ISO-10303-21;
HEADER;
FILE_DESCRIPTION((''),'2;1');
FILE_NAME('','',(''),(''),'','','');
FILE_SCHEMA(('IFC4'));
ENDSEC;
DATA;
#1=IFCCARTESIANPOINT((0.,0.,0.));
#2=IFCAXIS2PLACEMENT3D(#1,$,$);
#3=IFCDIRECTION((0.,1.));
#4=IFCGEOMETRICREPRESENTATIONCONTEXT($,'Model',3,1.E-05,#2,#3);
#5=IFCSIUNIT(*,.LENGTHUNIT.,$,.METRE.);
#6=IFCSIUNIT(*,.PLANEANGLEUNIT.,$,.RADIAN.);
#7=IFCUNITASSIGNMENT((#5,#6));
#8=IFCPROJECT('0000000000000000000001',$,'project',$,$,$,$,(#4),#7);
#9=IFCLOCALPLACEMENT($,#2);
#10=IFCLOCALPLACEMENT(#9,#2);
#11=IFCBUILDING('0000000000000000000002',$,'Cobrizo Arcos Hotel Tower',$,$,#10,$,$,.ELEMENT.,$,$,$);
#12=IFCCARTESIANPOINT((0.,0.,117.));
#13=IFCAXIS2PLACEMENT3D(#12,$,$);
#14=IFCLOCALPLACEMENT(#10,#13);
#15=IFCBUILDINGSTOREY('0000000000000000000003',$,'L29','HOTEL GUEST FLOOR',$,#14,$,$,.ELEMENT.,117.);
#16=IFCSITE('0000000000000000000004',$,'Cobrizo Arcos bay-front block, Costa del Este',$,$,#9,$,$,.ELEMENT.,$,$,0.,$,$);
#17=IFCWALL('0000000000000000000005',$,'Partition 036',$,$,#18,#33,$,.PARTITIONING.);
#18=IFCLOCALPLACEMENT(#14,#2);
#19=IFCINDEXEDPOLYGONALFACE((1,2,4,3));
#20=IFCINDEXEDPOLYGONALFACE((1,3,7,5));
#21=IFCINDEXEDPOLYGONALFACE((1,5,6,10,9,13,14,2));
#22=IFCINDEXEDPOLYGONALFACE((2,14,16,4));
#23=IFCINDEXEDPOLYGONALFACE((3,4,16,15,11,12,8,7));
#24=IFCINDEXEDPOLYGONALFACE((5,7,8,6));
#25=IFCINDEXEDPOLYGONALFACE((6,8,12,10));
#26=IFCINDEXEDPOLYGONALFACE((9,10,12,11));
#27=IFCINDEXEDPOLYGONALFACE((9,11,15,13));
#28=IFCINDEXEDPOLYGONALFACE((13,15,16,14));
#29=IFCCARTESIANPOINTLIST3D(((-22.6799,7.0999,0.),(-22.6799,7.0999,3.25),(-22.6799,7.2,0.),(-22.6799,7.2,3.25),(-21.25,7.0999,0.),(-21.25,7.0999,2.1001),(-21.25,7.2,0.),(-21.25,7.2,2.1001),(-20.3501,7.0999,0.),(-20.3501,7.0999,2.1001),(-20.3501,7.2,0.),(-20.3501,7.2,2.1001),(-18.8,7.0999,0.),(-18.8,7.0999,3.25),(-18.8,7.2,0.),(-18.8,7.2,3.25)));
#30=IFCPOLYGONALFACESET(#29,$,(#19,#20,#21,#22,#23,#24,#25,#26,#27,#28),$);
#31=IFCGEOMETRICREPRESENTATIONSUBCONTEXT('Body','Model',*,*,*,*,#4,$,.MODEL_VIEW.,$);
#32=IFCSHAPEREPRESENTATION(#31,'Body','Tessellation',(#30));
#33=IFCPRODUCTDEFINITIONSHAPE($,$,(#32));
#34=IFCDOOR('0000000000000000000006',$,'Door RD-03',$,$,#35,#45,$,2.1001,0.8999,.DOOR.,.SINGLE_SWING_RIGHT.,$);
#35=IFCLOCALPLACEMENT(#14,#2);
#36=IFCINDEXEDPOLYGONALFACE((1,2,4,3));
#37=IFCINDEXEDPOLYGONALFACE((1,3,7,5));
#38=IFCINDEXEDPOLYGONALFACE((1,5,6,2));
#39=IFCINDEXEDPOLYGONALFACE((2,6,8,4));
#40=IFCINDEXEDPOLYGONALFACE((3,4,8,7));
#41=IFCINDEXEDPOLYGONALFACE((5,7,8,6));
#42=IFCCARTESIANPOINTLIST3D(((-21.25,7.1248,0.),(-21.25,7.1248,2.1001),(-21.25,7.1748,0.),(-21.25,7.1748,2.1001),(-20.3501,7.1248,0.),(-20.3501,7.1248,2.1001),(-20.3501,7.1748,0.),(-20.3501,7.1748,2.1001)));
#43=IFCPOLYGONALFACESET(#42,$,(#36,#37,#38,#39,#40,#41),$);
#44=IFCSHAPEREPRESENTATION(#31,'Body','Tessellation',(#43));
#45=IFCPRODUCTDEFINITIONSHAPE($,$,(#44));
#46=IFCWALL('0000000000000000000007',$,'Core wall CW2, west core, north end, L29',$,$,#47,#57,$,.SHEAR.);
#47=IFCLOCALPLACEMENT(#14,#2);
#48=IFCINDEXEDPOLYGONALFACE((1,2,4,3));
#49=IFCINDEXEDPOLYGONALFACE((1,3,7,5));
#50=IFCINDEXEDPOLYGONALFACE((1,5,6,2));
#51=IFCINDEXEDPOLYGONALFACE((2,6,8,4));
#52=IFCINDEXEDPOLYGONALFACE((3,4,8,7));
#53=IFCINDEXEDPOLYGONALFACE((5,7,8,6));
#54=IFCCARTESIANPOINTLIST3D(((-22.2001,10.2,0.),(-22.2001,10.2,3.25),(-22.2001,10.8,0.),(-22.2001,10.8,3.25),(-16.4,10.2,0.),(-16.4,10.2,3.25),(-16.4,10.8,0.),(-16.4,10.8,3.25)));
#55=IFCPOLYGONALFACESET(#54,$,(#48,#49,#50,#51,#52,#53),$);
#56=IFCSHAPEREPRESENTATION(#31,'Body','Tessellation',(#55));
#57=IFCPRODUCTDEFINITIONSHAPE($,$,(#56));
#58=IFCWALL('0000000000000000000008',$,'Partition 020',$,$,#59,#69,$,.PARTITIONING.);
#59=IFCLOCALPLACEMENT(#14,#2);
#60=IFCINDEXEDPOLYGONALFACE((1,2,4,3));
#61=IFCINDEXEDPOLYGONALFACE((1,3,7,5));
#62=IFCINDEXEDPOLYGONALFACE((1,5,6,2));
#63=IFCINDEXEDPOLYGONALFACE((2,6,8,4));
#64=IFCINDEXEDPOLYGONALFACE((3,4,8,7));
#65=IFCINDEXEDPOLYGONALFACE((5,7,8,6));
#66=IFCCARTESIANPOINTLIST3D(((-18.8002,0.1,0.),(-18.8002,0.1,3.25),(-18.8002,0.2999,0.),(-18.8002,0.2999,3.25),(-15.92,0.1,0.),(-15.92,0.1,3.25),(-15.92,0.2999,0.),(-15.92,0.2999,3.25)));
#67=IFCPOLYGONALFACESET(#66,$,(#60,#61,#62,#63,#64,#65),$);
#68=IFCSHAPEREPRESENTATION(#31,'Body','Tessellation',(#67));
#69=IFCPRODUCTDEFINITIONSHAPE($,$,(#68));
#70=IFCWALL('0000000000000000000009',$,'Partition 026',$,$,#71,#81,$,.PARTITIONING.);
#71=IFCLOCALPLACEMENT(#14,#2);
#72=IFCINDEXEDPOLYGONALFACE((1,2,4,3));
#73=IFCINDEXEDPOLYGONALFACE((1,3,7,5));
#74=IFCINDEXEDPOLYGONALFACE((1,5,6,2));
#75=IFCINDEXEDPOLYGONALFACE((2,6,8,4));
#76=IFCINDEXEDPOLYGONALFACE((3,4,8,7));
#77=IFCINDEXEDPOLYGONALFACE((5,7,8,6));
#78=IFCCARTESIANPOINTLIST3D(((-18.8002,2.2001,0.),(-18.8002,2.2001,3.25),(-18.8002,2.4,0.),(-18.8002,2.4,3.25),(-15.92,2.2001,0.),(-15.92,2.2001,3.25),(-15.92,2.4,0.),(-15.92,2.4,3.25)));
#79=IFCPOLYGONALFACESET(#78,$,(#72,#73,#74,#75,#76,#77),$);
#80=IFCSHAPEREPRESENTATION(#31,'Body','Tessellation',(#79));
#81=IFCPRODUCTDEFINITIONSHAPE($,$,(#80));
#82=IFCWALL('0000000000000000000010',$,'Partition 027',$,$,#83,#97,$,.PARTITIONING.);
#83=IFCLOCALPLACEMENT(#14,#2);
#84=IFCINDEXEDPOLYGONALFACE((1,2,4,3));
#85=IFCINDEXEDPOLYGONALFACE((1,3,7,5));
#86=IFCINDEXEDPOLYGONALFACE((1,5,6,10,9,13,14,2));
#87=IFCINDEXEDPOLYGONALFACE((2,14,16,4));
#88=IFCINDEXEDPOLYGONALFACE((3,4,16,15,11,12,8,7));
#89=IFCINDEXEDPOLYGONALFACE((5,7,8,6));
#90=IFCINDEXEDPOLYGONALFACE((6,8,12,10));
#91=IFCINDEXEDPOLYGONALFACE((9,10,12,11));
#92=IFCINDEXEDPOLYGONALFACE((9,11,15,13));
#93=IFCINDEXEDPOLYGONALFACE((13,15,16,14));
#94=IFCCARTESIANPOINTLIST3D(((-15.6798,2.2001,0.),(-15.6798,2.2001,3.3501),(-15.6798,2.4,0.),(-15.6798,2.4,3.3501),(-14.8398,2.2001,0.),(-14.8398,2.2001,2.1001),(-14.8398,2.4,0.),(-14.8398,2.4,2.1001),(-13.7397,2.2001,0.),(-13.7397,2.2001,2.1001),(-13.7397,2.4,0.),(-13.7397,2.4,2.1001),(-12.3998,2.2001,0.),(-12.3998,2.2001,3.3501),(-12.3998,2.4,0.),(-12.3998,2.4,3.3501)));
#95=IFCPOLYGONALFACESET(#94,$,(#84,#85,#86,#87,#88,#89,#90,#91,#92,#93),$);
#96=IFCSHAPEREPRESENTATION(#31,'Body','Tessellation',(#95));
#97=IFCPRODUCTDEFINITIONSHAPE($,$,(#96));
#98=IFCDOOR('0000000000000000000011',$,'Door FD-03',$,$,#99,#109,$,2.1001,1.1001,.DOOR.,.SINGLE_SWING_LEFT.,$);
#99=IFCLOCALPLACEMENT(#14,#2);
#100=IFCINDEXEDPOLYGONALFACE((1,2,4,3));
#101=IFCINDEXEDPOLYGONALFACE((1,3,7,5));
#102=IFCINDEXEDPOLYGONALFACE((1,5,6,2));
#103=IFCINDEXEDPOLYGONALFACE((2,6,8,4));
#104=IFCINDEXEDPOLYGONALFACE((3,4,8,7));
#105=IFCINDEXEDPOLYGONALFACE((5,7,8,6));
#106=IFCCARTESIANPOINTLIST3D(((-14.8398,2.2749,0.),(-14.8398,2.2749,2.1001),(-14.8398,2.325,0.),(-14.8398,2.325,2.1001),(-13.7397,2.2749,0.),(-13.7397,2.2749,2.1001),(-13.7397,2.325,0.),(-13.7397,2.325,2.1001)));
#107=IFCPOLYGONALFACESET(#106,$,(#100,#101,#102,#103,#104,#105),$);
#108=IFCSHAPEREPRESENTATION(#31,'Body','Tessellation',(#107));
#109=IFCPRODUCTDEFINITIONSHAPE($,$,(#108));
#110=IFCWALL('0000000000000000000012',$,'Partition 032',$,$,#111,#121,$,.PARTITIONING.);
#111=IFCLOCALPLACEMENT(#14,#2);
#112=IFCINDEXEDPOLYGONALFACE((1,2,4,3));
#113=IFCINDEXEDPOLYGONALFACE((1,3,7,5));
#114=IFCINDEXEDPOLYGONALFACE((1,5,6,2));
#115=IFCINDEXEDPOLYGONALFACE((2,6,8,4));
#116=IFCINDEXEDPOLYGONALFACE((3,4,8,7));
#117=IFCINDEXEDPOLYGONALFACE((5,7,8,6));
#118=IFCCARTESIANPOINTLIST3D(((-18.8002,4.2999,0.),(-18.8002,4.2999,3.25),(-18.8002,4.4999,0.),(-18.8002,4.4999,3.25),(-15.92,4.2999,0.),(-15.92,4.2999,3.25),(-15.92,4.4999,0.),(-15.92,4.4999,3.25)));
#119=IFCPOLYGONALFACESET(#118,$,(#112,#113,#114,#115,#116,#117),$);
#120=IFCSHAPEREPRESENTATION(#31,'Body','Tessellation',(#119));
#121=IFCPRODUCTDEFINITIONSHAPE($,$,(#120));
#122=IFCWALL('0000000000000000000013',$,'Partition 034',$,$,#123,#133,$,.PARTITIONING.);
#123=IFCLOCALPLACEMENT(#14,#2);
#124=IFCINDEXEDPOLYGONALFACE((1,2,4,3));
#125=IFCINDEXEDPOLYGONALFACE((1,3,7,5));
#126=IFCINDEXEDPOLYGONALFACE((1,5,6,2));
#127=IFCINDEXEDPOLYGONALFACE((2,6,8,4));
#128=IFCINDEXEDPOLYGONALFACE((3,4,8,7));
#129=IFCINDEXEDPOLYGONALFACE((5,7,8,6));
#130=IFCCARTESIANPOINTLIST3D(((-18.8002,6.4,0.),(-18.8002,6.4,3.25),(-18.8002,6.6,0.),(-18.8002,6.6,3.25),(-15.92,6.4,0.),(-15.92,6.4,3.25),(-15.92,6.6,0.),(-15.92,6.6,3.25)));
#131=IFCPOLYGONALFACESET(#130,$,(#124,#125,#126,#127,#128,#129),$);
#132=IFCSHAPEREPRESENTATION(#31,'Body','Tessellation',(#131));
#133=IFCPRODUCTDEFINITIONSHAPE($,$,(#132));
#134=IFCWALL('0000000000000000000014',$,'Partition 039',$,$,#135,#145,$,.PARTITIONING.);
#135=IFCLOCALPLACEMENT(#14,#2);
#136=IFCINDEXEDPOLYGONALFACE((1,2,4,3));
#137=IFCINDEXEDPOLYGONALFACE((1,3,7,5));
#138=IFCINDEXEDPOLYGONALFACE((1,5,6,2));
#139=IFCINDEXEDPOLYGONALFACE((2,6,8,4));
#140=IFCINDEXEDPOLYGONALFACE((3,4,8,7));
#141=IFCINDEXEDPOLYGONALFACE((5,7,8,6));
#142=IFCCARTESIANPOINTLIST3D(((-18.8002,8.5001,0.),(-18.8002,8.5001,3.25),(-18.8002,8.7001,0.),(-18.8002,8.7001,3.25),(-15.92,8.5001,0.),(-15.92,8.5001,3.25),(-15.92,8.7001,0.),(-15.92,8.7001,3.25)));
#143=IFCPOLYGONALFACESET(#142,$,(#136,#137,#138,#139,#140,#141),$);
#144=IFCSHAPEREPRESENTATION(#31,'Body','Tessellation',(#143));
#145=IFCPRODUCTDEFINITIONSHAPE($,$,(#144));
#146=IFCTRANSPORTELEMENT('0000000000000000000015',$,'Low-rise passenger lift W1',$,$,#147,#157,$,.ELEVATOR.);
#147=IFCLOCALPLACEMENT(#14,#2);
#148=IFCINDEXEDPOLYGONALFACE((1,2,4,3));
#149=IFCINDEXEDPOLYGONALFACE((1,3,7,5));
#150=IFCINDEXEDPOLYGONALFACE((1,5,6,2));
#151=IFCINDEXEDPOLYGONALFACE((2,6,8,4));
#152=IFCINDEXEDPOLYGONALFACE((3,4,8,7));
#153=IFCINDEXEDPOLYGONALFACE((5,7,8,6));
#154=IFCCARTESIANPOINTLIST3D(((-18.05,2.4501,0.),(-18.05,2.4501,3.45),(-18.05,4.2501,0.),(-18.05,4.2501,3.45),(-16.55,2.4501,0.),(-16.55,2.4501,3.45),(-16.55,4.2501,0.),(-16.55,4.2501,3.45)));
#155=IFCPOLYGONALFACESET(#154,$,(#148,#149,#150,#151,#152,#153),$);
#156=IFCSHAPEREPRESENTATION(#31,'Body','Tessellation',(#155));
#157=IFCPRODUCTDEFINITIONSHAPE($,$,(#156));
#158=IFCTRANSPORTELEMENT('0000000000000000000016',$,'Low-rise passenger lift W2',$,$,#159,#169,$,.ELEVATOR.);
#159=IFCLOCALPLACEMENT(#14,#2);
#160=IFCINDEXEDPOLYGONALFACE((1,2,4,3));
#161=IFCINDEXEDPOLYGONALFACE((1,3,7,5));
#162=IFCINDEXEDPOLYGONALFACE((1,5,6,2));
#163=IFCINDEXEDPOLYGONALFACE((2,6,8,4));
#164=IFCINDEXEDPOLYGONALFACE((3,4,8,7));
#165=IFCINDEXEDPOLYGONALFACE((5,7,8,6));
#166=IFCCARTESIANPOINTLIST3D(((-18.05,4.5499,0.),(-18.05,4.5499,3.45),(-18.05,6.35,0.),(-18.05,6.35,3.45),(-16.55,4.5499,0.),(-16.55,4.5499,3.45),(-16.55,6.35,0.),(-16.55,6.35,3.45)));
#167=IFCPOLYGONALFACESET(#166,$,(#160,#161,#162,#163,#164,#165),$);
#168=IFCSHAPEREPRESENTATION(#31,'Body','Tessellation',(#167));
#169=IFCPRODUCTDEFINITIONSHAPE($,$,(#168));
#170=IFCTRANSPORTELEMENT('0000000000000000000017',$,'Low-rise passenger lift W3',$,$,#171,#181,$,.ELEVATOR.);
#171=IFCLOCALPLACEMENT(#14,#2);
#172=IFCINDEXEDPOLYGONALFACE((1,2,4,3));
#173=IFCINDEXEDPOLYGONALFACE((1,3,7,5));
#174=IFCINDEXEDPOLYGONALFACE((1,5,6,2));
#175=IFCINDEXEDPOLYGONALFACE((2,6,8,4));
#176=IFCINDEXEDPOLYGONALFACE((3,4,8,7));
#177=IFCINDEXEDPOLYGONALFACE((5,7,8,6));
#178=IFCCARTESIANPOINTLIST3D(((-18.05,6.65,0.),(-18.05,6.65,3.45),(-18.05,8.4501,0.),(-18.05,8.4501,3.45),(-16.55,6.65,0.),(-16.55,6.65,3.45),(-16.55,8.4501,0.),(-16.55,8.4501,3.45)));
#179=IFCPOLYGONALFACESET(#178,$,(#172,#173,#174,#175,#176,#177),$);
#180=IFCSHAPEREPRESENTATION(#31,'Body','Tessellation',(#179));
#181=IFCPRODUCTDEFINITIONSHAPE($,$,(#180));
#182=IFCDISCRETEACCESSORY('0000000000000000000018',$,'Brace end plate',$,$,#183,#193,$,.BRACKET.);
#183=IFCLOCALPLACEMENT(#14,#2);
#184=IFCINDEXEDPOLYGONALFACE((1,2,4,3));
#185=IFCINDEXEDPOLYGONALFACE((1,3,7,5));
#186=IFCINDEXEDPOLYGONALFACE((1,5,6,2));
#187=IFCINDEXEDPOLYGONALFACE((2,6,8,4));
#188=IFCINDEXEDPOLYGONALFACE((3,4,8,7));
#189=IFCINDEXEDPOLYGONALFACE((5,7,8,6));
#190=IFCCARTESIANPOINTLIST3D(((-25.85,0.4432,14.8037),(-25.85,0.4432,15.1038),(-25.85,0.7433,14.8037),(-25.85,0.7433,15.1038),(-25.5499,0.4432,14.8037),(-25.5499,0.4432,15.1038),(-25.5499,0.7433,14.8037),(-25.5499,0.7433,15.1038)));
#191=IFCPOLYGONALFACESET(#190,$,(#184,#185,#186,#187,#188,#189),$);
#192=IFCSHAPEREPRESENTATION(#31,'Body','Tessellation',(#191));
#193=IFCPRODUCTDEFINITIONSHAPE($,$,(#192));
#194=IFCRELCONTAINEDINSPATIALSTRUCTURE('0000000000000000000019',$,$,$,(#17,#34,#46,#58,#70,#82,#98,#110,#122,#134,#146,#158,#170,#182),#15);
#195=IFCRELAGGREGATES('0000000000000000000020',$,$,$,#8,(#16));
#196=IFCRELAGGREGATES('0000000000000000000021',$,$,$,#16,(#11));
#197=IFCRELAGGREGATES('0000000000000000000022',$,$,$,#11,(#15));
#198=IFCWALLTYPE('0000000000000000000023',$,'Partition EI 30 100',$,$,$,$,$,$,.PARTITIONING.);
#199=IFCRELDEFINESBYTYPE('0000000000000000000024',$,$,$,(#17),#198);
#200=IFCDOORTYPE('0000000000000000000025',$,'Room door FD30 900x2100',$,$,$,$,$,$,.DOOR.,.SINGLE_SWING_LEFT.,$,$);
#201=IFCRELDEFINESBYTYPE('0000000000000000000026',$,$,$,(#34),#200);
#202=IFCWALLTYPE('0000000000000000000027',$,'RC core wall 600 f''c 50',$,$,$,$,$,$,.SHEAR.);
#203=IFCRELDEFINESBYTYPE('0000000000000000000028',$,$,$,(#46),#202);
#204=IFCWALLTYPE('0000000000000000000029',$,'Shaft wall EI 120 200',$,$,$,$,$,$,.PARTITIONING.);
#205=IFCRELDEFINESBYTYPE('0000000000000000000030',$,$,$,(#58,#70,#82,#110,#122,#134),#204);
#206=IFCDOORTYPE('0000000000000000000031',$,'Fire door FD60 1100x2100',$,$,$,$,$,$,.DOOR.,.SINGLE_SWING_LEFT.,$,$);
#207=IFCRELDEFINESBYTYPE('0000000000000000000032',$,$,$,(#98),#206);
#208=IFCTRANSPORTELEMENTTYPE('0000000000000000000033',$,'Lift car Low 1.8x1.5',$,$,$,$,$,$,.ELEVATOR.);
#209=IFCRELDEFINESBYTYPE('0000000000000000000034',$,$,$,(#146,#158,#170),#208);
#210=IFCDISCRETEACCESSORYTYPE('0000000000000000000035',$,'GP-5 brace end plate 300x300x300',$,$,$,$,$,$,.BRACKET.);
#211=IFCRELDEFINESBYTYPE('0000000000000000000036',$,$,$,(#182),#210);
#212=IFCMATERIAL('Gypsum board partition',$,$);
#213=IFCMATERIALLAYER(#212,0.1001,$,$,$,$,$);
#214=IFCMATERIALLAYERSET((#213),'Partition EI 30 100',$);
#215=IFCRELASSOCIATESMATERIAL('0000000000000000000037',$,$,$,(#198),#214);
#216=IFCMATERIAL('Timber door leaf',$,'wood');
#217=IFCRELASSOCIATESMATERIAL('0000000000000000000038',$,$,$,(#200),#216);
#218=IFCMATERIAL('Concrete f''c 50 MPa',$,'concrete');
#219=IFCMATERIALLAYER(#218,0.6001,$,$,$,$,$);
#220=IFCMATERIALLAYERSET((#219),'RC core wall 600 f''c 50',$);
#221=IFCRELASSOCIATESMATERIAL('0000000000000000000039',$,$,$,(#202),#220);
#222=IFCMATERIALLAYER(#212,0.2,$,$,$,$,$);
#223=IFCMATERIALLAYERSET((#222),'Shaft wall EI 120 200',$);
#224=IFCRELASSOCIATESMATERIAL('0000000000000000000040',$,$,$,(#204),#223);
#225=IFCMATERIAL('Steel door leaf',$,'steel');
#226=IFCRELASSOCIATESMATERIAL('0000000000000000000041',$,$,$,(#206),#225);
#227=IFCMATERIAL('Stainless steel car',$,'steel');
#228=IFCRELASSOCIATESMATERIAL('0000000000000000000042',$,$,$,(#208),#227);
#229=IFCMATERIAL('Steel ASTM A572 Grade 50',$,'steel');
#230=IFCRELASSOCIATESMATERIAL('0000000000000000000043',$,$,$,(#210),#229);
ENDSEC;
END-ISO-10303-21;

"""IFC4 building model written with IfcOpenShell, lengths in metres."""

from ifc_helpers import new_model, si_unit, direction, frame, frame_2d, origin, origin_2d, place, context, subcontext, project, spatial, rectangle, extrude, material, layer, layer_set, type_object, element, fill, save


model = new_model("IFC4")

# Units and contexts
model_context = context("Model", 3, precision=1e-05, world=origin(), true_north=direction((0.0, 1.0)))
body_context = subcontext(model_context, "Body", "Model", "MODEL_VIEW")
ifc_project = project(units=[si_unit("LENGTHUNIT", "METRE"), si_unit("PLANEANGLEUNIT", "RADIAN")], contexts=[model_context])

# Site, building, storey
site_placement = place(None, origin())
site = spatial("IfcSite", under=ifc_project, at=site_placement, Name="Cobrizo Arcos bay-front block, Costa del Este", CompositionType="ELEMENT", RefElevation=0.0)
building_placement = place(site_placement, origin())
building = spatial("IfcBuilding", under=site, at=building_placement, Name="Cobrizo Arcos Hotel Tower", CompositionType="ELEMENT")
storey_placement = place(building_placement, frame((0.0, 0.0, 117.0)))
storey = spatial("IfcBuildingStorey", under=building, at=storey_placement, Name="L29", Description="HOTEL GUEST FLOOR", CompositionType="ELEMENT", Elevation=117.0)

# Shared definitions
ifc_material_1 = material(Name="Steel ASTM A572 Grade 50", Category="steel")

# Shared definitions
ifc_material_2 = material(Name="Gypsum board partition")

# Shared definitions
ifc_material_3 = material(Name="Timber door leaf", Category="wood")

# Wall, opening, door
ifc_layer_1 = layer(ifc_material_2, 0.1001)
ifc_layer_set_1 = layer_set([ifc_layer_1], Name="Partition EI 30 100")
wall_type_1 = type_object("IfcWallType", Name="Partition EI 30 100", PredefinedType="PARTITIONING", material=ifc_layer_set_1)
wall_1_placement = place(storey_placement, frame((-22.6799, 7.1499, 0.0), z_axis=(0.0, 0.0, 1.0), x_axis=(1.0, 0.0, 0.0)))
wall_1 = element("IfcWall", 1, at=wall_1_placement, inside=storey, type_object=wall_type_1, Name="Partition 036", PredefinedType="PARTITIONING", context=body_context, shape_type="SweptSolid", body=[
    extrude(rectangle(XDim=3.8799, YDim=0.1001, at=frame_2d((1.9399, 0.0))), origin(), (0.0, 0.0, 1.0), 3.25),
])
opening_1_placement = place(wall_1_placement, frame((1.4299, 0.0, 0.0)))
opening_1 = element("IfcOpeningElement", 2, at=opening_1_placement, cuts=wall_1, PredefinedType="OPENING", context=body_context, shape_type="SweptSolid", body=[
    extrude(rectangle(XDim=0.8999, YDim=2.1001, at=frame_2d((0.45, 1.05))), frame((0.0, 0.062, 0.0), z_axis=(0.0, -1.0, 0.0), x_axis=(1.0, 0.0, 0.0)), (0.0, 0.0, 1.0), 0.124),
])
door_type_1 = type_object("IfcDoorType", Name="Room door FD30 900x2100", OperationType="SINGLE_SWING_LEFT", PredefinedType="DOOR", material=ifc_material_3)
door_1_placement = place(opening_1_placement, origin())
door_1 = element("IfcDoor", 3, at=door_1_placement, inside=storey, type_object=door_type_1, Name="Door RD-03", OperationType="SINGLE_SWING_RIGHT", OverallHeight=2.1001, OverallWidth=0.8999, PredefinedType="DOOR", context=body_context, shape_type="SweptSolid", body=[
    extrude(rectangle(XDim=0.8999, YDim=2.1001, at=frame_2d((0.45, 1.05))), frame((0.0, 0.0249, 0.0), z_axis=(0.0, -1.0, 0.0), x_axis=(1.0, 0.0, 0.0)), (0.0, 0.0, 1.0), 0.05),
])
fill(opening_1, door_1)

# Walls
ifc_material_4 = material(Name="Concrete f'c 50 MPa", Category="concrete")
ifc_layer_2 = layer(ifc_material_4, 0.6001)
ifc_layer_set_2 = layer_set([ifc_layer_2], Name="RC core wall 600 f'c 50")
wall_type_2 = type_object("IfcWallType", Name="RC core wall 600 f'c 50", PredefinedType="SHEAR", material=ifc_layer_set_2)
wall_2_placement = place(storey_placement, frame((-22.2, 10.5, 0.0), z_axis=(0.0, 0.0, 1.0), x_axis=(1.0, 0.0, 0.0)))
element("IfcWall", 4, at=wall_2_placement, inside=storey, type_object=wall_type_2, Name="Core wall CW2, west core, north end, L29", PredefinedType="SHEAR", context=body_context, shape_type="SweptSolid", body=[
    extrude(rectangle(XDim=5.8, YDim=0.6001, at=frame_2d((2.8999, 0.0))), origin(), (0.0, 0.0, 1.0), 3.25),
])
ifc_layer_3 = layer(ifc_material_2, 0.2)
ifc_layer_set_3 = layer_set([ifc_layer_3], Name="Shaft wall EI 120 200")
wall_type_3 = type_object("IfcWallType", Name="Shaft wall EI 120 200", PredefinedType="PARTITIONING", material=ifc_layer_set_3)
for number, where, z_axis, x_axis, name in (
    (5, (-18.8, 0.2, 0.0), (0.0, 0.0, 1.0), (1.0, 0.0, 0.0), "Partition 020"),
    (6, (-18.8, 2.3, 0.0), (0.0, 0.0, 1.0), (1.0, 0.0, 0.0), "Partition 026"),
):
    element("IfcWall", number, at=place(storey_placement, frame(where, z_axis=z_axis, x_axis=x_axis)), inside=storey, type_object=wall_type_3, Name=name, PredefinedType="PARTITIONING", context=body_context, shape_type="SweptSolid", body=[
        extrude(rectangle(XDim=2.8801, YDim=0.2, at=frame_2d((1.4399, 0.0))), origin(), (0.0, 0.0, 1.0), 3.25),
    ])

# Wall, opening, door
wall_3_placement = place(storey_placement, frame((-15.6799, 2.3, 0.0), z_axis=(0.0, 0.0, 1.0), x_axis=(1.0, 0.0, 0.0)))
wall_3 = element("IfcWall", 7, at=wall_3_placement, inside=storey, type_object=wall_type_3, Name="Partition 027", PredefinedType="PARTITIONING", context=body_context, shape_type="SweptSolid", body=[
    extrude(rectangle(XDim=3.28, YDim=0.2, at=frame_2d((1.6401, 0.0))), origin(), (0.0, 0.0, 1.0), 3.3501),
])
opening_2_placement = place(wall_3_placement, frame((0.8401, 0.0, 0.0)))
opening_2 = element("IfcOpeningElement", 8, at=opening_2_placement, cuts=wall_3, PredefinedType="OPENING", context=body_context, shape_type="SweptSolid", body=[
    extrude(rectangle(XDim=1.1001, YDim=2.1001, at=frame_2d((0.55, 1.05))), frame((0.0, 0.1121, 0.0), z_axis=(0.0, -1.0, 0.0), x_axis=(1.0, 0.0, 0.0)), (0.0, 0.0, 1.0), 0.2239),
])
ifc_material_5 = material(Name="Steel door leaf", Category="steel")
door_type_2 = type_object("IfcDoorType", Name="Fire door FD60 1100x2100", OperationType="SINGLE_SWING_LEFT", PredefinedType="DOOR", material=ifc_material_5)
door_2_placement = place(opening_2_placement, origin())
door_2 = element("IfcDoor", 9, at=door_2_placement, inside=storey, type_object=door_type_2, Name="Door FD-03", OperationType="SINGLE_SWING_LEFT", OverallHeight=2.1001, OverallWidth=1.1001, PredefinedType="DOOR", context=body_context, shape_type="SweptSolid", body=[
    extrude(rectangle(XDim=1.1001, YDim=2.1001, at=frame_2d((0.55, 1.05))), frame((0.0, 0.0249, 0.0), z_axis=(0.0, -1.0, 0.0), x_axis=(1.0, 0.0, 0.0)), (0.0, 0.0, 1.0), 0.05),
])
fill(opening_2, door_2)

# Walls
for number, where, z_axis, x_axis, name in (
    (10, (-18.8, 4.3999, 0.0), (0.0, 0.0, 1.0), (1.0, 0.0, 0.0), "Partition 032"),
    (11, (-18.8, 6.5, 0.0), (0.0, 0.0, 1.0), (1.0, 0.0, 0.0), "Partition 034"),
    (12, (-18.8, 8.6001, 0.0), (0.0, 0.0, 1.0), (1.0, 0.0, 0.0), "Partition 039"),
):
    element("IfcWall", number, at=place(storey_placement, frame(where, z_axis=z_axis, x_axis=x_axis)), inside=storey, type_object=wall_type_3, Name=name, PredefinedType="PARTITIONING", context=body_context, shape_type="SweptSolid", body=[
        extrude(rectangle(XDim=2.8801, YDim=0.2, at=frame_2d((1.4399, 0.0))), origin(), (0.0, 0.0, 1.0), 3.25),
    ])

# Transport elements
ifc_material_6 = material(Name="Stainless steel car", Category="steel")
transport_element_type = type_object("IfcTransportElementType", Name="Lift car Low 1.8x1.5", PredefinedType="ELEVATOR", material=ifc_material_6)
for number, where, z_axis, x_axis, name in (
    (13, (-17.3, 3.3501, 0.0), (0.0, 0.0, 1.0), (1.0, 0.0, 0.0), "Low-rise passenger lift W1"),
    (14, (-17.3, 5.45, 0.0), (0.0, 0.0, 1.0), (1.0, 0.0, 0.0), "Low-rise passenger lift W2"),
    (15, (-17.3, 7.55, 0.0), (0.0, 0.0, 1.0), (1.0, 0.0, 0.0), "Low-rise passenger lift W3"),
):
    element("IfcTransportElement", number, at=place(storey_placement, frame(where, z_axis=z_axis, x_axis=x_axis)), inside=storey, type_object=transport_element_type, Name=name, PredefinedType="ELEVATOR", context=body_context, shape_type="SweptSolid", body=[
        extrude(rectangle(XDim=1.5, YDim=1.8, at=origin_2d()), origin(), (0.0, 0.0, 1.0), 3.45),
    ])

# Discrete accessory
discrete_accessory_type = type_object("IfcDiscreteAccessoryType", Name="GP-5 brace end plate 300x300x300", PredefinedType="BRACKET", material=ifc_material_1)
discrete_accessory_placement = place(storey_placement, frame((-25.7, 0.5933, 14.8037), z_axis=(0.0, 0.0, 1.0), x_axis=(1.0, 0.0, 0.0)))
element("IfcDiscreteAccessory", 16, at=discrete_accessory_placement, inside=storey, type_object=discrete_accessory_type, Name="Brace end plate", PredefinedType="BRACKET", context=body_context, shape_type="SweptSolid", body=[
    extrude(rectangle(XDim=0.3, YDim=0.3, at=origin_2d()), origin(), (0.0, 0.0, 1.0), 0.3),
])

save(model, "model.ifc")
